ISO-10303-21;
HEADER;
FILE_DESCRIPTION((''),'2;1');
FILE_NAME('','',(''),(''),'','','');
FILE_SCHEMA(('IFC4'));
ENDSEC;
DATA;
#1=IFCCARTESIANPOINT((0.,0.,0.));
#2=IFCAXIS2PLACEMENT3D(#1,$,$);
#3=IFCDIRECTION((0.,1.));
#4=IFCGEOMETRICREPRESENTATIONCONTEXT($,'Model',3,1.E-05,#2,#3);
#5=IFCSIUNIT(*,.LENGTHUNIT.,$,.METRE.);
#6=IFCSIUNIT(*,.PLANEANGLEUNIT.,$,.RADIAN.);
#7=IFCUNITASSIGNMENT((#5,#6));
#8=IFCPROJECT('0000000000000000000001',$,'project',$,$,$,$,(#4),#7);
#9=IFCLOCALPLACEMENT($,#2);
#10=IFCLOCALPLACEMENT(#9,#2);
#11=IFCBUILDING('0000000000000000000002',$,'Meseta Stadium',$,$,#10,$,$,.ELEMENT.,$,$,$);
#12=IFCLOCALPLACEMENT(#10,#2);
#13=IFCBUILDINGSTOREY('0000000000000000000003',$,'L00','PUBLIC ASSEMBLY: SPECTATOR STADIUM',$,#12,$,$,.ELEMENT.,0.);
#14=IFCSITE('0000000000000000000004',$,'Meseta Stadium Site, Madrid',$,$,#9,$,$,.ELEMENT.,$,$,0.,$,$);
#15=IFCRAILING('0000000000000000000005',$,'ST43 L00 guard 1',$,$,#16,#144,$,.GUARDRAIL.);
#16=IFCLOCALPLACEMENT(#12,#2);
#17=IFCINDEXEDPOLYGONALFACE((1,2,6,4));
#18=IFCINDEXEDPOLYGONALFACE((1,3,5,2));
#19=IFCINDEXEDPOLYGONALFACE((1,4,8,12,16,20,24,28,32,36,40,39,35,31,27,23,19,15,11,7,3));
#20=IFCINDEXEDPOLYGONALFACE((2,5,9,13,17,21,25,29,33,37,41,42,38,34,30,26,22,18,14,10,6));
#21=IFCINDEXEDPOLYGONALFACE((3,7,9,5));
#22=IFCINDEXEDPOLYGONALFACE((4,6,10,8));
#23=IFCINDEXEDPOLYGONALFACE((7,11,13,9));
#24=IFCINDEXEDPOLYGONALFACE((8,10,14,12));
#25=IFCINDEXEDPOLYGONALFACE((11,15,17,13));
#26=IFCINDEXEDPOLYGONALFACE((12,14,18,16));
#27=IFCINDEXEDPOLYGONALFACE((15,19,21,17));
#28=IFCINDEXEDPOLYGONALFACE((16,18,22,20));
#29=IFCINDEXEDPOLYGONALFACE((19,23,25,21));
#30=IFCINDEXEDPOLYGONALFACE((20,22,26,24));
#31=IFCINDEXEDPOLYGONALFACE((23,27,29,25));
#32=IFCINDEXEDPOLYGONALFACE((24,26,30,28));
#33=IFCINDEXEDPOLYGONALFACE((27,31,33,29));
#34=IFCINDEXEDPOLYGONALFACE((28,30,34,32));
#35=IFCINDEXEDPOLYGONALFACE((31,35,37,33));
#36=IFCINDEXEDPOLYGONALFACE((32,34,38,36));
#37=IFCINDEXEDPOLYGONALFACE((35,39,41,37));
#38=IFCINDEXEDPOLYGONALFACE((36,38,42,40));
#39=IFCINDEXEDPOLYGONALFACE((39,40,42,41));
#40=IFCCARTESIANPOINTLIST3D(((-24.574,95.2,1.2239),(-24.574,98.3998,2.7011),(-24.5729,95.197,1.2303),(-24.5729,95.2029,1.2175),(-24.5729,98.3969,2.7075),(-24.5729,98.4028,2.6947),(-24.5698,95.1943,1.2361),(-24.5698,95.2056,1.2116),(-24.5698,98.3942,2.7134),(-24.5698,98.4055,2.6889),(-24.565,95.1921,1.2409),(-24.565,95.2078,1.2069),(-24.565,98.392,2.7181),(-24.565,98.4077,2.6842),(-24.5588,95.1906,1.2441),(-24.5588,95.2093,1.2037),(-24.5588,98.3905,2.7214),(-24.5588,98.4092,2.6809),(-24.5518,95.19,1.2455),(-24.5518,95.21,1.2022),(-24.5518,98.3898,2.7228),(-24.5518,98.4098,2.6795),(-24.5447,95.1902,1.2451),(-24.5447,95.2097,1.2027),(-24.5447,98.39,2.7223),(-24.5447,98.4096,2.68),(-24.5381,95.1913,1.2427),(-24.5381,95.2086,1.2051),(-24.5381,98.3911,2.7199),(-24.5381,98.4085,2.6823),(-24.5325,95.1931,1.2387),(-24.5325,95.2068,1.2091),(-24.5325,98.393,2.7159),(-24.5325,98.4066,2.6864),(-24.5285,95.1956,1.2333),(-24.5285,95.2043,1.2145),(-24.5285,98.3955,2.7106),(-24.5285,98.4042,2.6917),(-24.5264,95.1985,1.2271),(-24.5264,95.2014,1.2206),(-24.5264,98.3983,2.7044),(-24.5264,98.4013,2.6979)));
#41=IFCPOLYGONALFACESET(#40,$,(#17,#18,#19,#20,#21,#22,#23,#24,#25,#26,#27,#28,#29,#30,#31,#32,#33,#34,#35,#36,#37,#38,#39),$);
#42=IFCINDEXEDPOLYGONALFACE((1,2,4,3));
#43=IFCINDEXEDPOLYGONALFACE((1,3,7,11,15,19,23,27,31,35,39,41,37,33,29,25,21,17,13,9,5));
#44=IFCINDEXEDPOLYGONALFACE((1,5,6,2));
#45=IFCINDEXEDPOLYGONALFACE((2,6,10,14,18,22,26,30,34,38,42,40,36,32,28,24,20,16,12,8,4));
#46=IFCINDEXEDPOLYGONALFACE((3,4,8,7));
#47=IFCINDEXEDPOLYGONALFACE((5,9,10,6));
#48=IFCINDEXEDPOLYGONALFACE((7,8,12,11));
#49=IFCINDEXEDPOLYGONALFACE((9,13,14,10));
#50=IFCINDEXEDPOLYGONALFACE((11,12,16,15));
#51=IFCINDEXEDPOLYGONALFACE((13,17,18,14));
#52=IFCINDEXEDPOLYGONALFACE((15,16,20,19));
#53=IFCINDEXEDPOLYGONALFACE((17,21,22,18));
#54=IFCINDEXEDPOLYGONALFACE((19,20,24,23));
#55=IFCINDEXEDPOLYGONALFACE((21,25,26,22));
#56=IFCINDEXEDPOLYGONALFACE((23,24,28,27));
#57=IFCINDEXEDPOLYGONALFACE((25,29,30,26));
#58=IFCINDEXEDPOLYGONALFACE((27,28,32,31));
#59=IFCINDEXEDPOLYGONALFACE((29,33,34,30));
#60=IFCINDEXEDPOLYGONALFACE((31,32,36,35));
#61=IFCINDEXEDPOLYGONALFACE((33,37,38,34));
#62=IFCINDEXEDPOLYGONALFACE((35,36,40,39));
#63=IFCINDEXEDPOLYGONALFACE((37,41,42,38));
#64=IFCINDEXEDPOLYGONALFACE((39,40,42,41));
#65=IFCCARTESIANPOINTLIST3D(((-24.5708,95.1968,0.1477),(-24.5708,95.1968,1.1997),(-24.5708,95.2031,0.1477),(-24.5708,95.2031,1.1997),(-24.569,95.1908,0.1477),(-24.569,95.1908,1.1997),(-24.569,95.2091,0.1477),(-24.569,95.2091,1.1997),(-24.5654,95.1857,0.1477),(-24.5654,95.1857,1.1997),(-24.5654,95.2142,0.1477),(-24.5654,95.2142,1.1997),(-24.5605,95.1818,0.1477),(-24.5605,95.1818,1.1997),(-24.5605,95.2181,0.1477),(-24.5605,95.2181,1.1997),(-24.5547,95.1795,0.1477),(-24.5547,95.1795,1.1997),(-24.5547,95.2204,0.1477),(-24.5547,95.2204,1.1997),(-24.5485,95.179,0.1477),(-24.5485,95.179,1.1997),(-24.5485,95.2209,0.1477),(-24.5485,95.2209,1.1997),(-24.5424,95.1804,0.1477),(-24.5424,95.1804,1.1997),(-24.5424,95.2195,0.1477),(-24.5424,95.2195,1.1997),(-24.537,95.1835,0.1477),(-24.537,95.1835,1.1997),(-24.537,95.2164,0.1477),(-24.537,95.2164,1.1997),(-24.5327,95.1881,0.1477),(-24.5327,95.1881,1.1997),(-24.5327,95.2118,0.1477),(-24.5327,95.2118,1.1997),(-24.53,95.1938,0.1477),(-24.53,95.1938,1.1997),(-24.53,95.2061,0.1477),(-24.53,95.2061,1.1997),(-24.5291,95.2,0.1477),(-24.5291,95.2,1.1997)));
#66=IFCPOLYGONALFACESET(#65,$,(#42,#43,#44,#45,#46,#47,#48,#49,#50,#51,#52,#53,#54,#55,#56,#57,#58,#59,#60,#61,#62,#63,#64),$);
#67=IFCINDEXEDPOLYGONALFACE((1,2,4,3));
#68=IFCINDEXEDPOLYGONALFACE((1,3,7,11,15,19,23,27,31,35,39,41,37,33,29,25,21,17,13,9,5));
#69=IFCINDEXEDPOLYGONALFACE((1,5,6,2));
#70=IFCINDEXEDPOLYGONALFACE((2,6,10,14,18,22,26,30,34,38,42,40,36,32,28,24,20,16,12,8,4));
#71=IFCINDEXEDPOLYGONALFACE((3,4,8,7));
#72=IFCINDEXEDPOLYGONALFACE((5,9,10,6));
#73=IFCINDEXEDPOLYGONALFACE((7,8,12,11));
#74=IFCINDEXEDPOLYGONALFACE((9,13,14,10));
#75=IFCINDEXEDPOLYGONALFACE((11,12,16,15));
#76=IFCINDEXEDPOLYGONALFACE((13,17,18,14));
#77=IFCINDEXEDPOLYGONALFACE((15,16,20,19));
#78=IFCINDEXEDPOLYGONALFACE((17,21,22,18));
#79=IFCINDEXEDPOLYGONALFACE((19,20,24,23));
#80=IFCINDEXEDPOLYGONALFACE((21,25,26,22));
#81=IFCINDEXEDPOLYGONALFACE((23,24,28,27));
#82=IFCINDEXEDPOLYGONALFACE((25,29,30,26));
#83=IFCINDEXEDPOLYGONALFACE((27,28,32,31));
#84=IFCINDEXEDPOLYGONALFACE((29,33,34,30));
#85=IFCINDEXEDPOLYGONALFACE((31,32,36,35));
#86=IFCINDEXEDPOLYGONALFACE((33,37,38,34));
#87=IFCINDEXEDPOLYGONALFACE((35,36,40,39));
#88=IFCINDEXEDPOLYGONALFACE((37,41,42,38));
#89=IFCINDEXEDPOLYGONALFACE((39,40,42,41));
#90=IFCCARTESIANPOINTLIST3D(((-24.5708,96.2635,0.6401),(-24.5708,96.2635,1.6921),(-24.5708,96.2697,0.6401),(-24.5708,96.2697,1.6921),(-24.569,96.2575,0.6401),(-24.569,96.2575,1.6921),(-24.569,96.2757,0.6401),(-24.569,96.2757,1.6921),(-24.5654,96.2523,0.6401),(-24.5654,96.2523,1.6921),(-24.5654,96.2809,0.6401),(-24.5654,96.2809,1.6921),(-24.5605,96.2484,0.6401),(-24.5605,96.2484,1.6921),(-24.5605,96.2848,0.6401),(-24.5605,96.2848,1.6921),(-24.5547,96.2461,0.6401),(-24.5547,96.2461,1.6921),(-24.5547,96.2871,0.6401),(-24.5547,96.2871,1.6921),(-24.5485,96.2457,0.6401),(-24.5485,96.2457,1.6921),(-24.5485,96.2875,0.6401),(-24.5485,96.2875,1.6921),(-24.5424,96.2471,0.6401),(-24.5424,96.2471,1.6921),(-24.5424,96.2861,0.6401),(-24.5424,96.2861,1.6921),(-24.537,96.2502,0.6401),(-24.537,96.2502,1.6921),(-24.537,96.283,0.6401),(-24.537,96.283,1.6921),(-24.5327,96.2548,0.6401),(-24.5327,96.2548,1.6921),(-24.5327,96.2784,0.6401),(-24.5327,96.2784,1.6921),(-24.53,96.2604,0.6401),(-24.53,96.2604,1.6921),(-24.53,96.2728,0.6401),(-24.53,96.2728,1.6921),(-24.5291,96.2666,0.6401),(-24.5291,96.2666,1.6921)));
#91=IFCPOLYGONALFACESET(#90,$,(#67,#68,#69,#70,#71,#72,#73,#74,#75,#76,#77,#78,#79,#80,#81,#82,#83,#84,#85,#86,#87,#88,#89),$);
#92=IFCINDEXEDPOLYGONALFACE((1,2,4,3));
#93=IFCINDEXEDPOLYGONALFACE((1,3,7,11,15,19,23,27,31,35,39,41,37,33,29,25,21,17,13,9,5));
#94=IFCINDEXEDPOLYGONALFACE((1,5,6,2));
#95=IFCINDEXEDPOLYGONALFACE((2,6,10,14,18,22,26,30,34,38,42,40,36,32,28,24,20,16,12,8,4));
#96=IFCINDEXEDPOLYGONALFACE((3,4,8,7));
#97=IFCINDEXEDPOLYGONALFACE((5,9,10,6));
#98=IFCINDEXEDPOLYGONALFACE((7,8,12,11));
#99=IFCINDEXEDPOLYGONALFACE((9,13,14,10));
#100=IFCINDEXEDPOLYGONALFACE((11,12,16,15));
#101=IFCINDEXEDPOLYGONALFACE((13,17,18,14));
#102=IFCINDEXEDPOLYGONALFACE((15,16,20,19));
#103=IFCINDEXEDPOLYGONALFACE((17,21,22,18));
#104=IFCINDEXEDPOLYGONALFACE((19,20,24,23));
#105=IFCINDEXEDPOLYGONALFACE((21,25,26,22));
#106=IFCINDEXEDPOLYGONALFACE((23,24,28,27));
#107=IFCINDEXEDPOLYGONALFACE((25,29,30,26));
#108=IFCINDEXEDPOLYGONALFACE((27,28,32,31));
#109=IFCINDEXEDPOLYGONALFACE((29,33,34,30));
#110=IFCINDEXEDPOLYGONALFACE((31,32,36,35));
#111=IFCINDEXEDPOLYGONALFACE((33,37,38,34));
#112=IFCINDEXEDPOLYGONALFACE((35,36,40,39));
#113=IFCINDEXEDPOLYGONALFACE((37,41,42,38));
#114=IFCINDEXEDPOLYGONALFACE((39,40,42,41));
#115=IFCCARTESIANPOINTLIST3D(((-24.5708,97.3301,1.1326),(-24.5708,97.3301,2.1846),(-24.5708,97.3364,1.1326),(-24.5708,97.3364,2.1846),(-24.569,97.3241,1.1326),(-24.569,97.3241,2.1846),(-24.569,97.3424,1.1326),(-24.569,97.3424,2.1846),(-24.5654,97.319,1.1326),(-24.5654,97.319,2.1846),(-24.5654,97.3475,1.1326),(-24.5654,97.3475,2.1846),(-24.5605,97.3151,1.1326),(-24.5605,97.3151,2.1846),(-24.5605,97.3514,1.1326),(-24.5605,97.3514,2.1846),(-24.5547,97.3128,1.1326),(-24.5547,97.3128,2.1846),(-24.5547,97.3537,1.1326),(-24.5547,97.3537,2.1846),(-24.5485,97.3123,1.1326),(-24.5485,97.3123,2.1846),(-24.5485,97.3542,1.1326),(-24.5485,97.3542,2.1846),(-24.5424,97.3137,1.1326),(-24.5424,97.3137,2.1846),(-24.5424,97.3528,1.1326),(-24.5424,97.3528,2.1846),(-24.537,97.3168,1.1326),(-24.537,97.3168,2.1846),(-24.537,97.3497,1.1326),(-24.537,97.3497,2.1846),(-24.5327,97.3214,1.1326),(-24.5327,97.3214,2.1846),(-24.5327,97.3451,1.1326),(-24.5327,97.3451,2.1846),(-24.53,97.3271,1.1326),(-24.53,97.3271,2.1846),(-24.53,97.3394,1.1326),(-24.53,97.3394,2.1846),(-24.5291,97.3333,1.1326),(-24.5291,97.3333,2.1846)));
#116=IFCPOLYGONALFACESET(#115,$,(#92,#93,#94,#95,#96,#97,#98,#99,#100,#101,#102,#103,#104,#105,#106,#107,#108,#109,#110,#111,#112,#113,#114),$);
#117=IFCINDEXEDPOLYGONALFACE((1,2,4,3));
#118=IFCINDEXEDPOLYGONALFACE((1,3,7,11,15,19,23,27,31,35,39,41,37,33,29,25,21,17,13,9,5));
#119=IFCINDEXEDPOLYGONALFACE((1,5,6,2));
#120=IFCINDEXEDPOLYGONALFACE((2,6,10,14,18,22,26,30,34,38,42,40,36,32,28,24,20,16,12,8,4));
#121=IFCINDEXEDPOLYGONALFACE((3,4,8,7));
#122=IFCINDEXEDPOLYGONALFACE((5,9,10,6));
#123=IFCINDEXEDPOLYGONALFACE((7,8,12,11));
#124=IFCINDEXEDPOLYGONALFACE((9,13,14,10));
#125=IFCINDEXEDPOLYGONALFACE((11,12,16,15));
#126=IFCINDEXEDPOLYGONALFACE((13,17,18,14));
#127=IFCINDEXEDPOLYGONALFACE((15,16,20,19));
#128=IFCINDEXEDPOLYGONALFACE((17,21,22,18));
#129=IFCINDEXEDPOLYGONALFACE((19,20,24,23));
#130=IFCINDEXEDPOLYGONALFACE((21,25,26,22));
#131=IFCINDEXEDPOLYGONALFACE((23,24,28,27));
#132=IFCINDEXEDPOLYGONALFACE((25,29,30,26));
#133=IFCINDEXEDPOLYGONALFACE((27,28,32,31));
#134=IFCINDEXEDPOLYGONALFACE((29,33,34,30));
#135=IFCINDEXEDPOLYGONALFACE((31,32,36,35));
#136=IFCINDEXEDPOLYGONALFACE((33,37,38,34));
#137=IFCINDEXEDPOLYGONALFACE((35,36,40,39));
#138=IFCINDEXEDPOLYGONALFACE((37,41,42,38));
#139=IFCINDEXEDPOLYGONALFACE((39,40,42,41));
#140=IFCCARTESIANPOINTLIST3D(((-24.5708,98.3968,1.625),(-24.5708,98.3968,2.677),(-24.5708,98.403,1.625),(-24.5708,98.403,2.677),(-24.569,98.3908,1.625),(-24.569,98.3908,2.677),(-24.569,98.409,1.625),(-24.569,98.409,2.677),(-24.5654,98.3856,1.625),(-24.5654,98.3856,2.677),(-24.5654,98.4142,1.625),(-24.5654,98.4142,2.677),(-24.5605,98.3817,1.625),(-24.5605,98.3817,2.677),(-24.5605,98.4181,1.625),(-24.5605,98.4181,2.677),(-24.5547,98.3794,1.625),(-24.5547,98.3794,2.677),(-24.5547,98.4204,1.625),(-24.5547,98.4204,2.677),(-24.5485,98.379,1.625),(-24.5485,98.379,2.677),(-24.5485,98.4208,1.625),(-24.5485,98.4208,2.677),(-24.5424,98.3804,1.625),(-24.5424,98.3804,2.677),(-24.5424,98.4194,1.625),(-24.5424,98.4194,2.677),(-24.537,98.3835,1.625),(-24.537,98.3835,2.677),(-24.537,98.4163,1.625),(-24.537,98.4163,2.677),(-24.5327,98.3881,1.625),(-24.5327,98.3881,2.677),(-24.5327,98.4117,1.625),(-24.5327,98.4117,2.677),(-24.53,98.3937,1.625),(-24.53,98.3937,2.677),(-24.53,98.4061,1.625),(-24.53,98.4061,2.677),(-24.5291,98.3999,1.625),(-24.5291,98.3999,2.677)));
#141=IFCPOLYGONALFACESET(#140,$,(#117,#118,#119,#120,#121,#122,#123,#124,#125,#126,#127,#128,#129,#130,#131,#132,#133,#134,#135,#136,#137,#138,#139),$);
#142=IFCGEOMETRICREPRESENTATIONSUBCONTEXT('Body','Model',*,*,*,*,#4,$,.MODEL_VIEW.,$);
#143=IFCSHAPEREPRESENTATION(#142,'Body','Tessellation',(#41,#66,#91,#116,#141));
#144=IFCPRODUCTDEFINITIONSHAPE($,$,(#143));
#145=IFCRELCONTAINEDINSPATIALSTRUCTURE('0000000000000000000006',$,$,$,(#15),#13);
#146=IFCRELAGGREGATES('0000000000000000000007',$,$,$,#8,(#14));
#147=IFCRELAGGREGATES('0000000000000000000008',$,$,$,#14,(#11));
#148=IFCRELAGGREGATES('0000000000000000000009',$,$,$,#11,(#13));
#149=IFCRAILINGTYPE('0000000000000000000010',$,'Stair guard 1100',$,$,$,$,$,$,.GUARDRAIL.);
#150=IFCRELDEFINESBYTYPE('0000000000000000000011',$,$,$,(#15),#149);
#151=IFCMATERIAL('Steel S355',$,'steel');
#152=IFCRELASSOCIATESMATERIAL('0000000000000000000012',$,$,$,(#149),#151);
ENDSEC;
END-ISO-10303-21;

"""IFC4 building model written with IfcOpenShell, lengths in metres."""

from ifc_helpers import new_model, si_unit, direction, frame, origin, origin_2d, place, context, subcontext, project, spatial, circle, extrude, material, type_object, element, save


model = new_model("IFC4")

# Units and contexts
model_context = context("Model", 3, precision=1e-05, world=origin(), true_north=direction((0.0, 1.0)))
body_context = subcontext(model_context, "Body", "Model", "MODEL_VIEW")
ifc_project = project(units=[si_unit("LENGTHUNIT", "METRE"), si_unit("PLANEANGLEUNIT", "RADIAN")], contexts=[model_context])

# Site, building, storey
site_placement = place(None, origin())
site = spatial("IfcSite", under=ifc_project, at=site_placement, Name="Meseta Stadium Site, Madrid", CompositionType="ELEMENT", RefElevation=0.0)
building_placement = place(site_placement, origin())
building = spatial("IfcBuilding", under=site, at=building_placement, Name="Meseta Stadium", CompositionType="ELEMENT")
storey_placement = place(building_placement, origin())
storey = spatial("IfcBuildingStorey", under=building, at=storey_placement, Name="L00", Description="PUBLIC ASSEMBLY: SPECTATOR STADIUM", CompositionType="ELEMENT", Elevation=0.0)

# Railing
ifc_material_1 = material(Name="Steel S355", Category="steel")
railing_type_1 = type_object("IfcRailingType", Name="Stair guard 1100", PredefinedType="GUARDRAIL", material=ifc_material_1)
railing_1_placement = place(storey_placement, frame((-24.55, 95.2, 0.1477)))
element("IfcRailing", 1, at=railing_1_placement, inside=storey, type_object=railing_type_1, Name="ST43 L00 guard 1", PredefinedType="GUARDRAIL", context=body_context, shape_type="SweptSolid", body=[
    extrude(circle(Radius=0.0239, at=origin_2d()), frame((0.0, 0.0, 1.0762), z_axis=(0.0, 0.907917, 0.41915), x_axis=(-1.0, 0.0, 0.0)), (0.0, 0.0, 1.0), 3.5244),
    extrude(circle(Radius=0.021, at=origin_2d()), origin(), (0.0, 0.0, 1.0), 1.052),
    extrude(circle(Radius=0.021, at=origin_2d()), frame((0.0, 1.0667, 0.4924)), (0.0, 0.0, 1.0), 1.052),
    extrude(circle(Radius=0.021, at=origin_2d()), frame((0.0, 2.1333, 0.9849)), (0.0, 0.0, 1.0), 1.052),
    extrude(circle(Radius=0.021, at=origin_2d()), frame((0.0, 3.2, 1.4773)), (0.0, 0.0, 1.0), 1.052),
])

save(model, "model.ifc")
